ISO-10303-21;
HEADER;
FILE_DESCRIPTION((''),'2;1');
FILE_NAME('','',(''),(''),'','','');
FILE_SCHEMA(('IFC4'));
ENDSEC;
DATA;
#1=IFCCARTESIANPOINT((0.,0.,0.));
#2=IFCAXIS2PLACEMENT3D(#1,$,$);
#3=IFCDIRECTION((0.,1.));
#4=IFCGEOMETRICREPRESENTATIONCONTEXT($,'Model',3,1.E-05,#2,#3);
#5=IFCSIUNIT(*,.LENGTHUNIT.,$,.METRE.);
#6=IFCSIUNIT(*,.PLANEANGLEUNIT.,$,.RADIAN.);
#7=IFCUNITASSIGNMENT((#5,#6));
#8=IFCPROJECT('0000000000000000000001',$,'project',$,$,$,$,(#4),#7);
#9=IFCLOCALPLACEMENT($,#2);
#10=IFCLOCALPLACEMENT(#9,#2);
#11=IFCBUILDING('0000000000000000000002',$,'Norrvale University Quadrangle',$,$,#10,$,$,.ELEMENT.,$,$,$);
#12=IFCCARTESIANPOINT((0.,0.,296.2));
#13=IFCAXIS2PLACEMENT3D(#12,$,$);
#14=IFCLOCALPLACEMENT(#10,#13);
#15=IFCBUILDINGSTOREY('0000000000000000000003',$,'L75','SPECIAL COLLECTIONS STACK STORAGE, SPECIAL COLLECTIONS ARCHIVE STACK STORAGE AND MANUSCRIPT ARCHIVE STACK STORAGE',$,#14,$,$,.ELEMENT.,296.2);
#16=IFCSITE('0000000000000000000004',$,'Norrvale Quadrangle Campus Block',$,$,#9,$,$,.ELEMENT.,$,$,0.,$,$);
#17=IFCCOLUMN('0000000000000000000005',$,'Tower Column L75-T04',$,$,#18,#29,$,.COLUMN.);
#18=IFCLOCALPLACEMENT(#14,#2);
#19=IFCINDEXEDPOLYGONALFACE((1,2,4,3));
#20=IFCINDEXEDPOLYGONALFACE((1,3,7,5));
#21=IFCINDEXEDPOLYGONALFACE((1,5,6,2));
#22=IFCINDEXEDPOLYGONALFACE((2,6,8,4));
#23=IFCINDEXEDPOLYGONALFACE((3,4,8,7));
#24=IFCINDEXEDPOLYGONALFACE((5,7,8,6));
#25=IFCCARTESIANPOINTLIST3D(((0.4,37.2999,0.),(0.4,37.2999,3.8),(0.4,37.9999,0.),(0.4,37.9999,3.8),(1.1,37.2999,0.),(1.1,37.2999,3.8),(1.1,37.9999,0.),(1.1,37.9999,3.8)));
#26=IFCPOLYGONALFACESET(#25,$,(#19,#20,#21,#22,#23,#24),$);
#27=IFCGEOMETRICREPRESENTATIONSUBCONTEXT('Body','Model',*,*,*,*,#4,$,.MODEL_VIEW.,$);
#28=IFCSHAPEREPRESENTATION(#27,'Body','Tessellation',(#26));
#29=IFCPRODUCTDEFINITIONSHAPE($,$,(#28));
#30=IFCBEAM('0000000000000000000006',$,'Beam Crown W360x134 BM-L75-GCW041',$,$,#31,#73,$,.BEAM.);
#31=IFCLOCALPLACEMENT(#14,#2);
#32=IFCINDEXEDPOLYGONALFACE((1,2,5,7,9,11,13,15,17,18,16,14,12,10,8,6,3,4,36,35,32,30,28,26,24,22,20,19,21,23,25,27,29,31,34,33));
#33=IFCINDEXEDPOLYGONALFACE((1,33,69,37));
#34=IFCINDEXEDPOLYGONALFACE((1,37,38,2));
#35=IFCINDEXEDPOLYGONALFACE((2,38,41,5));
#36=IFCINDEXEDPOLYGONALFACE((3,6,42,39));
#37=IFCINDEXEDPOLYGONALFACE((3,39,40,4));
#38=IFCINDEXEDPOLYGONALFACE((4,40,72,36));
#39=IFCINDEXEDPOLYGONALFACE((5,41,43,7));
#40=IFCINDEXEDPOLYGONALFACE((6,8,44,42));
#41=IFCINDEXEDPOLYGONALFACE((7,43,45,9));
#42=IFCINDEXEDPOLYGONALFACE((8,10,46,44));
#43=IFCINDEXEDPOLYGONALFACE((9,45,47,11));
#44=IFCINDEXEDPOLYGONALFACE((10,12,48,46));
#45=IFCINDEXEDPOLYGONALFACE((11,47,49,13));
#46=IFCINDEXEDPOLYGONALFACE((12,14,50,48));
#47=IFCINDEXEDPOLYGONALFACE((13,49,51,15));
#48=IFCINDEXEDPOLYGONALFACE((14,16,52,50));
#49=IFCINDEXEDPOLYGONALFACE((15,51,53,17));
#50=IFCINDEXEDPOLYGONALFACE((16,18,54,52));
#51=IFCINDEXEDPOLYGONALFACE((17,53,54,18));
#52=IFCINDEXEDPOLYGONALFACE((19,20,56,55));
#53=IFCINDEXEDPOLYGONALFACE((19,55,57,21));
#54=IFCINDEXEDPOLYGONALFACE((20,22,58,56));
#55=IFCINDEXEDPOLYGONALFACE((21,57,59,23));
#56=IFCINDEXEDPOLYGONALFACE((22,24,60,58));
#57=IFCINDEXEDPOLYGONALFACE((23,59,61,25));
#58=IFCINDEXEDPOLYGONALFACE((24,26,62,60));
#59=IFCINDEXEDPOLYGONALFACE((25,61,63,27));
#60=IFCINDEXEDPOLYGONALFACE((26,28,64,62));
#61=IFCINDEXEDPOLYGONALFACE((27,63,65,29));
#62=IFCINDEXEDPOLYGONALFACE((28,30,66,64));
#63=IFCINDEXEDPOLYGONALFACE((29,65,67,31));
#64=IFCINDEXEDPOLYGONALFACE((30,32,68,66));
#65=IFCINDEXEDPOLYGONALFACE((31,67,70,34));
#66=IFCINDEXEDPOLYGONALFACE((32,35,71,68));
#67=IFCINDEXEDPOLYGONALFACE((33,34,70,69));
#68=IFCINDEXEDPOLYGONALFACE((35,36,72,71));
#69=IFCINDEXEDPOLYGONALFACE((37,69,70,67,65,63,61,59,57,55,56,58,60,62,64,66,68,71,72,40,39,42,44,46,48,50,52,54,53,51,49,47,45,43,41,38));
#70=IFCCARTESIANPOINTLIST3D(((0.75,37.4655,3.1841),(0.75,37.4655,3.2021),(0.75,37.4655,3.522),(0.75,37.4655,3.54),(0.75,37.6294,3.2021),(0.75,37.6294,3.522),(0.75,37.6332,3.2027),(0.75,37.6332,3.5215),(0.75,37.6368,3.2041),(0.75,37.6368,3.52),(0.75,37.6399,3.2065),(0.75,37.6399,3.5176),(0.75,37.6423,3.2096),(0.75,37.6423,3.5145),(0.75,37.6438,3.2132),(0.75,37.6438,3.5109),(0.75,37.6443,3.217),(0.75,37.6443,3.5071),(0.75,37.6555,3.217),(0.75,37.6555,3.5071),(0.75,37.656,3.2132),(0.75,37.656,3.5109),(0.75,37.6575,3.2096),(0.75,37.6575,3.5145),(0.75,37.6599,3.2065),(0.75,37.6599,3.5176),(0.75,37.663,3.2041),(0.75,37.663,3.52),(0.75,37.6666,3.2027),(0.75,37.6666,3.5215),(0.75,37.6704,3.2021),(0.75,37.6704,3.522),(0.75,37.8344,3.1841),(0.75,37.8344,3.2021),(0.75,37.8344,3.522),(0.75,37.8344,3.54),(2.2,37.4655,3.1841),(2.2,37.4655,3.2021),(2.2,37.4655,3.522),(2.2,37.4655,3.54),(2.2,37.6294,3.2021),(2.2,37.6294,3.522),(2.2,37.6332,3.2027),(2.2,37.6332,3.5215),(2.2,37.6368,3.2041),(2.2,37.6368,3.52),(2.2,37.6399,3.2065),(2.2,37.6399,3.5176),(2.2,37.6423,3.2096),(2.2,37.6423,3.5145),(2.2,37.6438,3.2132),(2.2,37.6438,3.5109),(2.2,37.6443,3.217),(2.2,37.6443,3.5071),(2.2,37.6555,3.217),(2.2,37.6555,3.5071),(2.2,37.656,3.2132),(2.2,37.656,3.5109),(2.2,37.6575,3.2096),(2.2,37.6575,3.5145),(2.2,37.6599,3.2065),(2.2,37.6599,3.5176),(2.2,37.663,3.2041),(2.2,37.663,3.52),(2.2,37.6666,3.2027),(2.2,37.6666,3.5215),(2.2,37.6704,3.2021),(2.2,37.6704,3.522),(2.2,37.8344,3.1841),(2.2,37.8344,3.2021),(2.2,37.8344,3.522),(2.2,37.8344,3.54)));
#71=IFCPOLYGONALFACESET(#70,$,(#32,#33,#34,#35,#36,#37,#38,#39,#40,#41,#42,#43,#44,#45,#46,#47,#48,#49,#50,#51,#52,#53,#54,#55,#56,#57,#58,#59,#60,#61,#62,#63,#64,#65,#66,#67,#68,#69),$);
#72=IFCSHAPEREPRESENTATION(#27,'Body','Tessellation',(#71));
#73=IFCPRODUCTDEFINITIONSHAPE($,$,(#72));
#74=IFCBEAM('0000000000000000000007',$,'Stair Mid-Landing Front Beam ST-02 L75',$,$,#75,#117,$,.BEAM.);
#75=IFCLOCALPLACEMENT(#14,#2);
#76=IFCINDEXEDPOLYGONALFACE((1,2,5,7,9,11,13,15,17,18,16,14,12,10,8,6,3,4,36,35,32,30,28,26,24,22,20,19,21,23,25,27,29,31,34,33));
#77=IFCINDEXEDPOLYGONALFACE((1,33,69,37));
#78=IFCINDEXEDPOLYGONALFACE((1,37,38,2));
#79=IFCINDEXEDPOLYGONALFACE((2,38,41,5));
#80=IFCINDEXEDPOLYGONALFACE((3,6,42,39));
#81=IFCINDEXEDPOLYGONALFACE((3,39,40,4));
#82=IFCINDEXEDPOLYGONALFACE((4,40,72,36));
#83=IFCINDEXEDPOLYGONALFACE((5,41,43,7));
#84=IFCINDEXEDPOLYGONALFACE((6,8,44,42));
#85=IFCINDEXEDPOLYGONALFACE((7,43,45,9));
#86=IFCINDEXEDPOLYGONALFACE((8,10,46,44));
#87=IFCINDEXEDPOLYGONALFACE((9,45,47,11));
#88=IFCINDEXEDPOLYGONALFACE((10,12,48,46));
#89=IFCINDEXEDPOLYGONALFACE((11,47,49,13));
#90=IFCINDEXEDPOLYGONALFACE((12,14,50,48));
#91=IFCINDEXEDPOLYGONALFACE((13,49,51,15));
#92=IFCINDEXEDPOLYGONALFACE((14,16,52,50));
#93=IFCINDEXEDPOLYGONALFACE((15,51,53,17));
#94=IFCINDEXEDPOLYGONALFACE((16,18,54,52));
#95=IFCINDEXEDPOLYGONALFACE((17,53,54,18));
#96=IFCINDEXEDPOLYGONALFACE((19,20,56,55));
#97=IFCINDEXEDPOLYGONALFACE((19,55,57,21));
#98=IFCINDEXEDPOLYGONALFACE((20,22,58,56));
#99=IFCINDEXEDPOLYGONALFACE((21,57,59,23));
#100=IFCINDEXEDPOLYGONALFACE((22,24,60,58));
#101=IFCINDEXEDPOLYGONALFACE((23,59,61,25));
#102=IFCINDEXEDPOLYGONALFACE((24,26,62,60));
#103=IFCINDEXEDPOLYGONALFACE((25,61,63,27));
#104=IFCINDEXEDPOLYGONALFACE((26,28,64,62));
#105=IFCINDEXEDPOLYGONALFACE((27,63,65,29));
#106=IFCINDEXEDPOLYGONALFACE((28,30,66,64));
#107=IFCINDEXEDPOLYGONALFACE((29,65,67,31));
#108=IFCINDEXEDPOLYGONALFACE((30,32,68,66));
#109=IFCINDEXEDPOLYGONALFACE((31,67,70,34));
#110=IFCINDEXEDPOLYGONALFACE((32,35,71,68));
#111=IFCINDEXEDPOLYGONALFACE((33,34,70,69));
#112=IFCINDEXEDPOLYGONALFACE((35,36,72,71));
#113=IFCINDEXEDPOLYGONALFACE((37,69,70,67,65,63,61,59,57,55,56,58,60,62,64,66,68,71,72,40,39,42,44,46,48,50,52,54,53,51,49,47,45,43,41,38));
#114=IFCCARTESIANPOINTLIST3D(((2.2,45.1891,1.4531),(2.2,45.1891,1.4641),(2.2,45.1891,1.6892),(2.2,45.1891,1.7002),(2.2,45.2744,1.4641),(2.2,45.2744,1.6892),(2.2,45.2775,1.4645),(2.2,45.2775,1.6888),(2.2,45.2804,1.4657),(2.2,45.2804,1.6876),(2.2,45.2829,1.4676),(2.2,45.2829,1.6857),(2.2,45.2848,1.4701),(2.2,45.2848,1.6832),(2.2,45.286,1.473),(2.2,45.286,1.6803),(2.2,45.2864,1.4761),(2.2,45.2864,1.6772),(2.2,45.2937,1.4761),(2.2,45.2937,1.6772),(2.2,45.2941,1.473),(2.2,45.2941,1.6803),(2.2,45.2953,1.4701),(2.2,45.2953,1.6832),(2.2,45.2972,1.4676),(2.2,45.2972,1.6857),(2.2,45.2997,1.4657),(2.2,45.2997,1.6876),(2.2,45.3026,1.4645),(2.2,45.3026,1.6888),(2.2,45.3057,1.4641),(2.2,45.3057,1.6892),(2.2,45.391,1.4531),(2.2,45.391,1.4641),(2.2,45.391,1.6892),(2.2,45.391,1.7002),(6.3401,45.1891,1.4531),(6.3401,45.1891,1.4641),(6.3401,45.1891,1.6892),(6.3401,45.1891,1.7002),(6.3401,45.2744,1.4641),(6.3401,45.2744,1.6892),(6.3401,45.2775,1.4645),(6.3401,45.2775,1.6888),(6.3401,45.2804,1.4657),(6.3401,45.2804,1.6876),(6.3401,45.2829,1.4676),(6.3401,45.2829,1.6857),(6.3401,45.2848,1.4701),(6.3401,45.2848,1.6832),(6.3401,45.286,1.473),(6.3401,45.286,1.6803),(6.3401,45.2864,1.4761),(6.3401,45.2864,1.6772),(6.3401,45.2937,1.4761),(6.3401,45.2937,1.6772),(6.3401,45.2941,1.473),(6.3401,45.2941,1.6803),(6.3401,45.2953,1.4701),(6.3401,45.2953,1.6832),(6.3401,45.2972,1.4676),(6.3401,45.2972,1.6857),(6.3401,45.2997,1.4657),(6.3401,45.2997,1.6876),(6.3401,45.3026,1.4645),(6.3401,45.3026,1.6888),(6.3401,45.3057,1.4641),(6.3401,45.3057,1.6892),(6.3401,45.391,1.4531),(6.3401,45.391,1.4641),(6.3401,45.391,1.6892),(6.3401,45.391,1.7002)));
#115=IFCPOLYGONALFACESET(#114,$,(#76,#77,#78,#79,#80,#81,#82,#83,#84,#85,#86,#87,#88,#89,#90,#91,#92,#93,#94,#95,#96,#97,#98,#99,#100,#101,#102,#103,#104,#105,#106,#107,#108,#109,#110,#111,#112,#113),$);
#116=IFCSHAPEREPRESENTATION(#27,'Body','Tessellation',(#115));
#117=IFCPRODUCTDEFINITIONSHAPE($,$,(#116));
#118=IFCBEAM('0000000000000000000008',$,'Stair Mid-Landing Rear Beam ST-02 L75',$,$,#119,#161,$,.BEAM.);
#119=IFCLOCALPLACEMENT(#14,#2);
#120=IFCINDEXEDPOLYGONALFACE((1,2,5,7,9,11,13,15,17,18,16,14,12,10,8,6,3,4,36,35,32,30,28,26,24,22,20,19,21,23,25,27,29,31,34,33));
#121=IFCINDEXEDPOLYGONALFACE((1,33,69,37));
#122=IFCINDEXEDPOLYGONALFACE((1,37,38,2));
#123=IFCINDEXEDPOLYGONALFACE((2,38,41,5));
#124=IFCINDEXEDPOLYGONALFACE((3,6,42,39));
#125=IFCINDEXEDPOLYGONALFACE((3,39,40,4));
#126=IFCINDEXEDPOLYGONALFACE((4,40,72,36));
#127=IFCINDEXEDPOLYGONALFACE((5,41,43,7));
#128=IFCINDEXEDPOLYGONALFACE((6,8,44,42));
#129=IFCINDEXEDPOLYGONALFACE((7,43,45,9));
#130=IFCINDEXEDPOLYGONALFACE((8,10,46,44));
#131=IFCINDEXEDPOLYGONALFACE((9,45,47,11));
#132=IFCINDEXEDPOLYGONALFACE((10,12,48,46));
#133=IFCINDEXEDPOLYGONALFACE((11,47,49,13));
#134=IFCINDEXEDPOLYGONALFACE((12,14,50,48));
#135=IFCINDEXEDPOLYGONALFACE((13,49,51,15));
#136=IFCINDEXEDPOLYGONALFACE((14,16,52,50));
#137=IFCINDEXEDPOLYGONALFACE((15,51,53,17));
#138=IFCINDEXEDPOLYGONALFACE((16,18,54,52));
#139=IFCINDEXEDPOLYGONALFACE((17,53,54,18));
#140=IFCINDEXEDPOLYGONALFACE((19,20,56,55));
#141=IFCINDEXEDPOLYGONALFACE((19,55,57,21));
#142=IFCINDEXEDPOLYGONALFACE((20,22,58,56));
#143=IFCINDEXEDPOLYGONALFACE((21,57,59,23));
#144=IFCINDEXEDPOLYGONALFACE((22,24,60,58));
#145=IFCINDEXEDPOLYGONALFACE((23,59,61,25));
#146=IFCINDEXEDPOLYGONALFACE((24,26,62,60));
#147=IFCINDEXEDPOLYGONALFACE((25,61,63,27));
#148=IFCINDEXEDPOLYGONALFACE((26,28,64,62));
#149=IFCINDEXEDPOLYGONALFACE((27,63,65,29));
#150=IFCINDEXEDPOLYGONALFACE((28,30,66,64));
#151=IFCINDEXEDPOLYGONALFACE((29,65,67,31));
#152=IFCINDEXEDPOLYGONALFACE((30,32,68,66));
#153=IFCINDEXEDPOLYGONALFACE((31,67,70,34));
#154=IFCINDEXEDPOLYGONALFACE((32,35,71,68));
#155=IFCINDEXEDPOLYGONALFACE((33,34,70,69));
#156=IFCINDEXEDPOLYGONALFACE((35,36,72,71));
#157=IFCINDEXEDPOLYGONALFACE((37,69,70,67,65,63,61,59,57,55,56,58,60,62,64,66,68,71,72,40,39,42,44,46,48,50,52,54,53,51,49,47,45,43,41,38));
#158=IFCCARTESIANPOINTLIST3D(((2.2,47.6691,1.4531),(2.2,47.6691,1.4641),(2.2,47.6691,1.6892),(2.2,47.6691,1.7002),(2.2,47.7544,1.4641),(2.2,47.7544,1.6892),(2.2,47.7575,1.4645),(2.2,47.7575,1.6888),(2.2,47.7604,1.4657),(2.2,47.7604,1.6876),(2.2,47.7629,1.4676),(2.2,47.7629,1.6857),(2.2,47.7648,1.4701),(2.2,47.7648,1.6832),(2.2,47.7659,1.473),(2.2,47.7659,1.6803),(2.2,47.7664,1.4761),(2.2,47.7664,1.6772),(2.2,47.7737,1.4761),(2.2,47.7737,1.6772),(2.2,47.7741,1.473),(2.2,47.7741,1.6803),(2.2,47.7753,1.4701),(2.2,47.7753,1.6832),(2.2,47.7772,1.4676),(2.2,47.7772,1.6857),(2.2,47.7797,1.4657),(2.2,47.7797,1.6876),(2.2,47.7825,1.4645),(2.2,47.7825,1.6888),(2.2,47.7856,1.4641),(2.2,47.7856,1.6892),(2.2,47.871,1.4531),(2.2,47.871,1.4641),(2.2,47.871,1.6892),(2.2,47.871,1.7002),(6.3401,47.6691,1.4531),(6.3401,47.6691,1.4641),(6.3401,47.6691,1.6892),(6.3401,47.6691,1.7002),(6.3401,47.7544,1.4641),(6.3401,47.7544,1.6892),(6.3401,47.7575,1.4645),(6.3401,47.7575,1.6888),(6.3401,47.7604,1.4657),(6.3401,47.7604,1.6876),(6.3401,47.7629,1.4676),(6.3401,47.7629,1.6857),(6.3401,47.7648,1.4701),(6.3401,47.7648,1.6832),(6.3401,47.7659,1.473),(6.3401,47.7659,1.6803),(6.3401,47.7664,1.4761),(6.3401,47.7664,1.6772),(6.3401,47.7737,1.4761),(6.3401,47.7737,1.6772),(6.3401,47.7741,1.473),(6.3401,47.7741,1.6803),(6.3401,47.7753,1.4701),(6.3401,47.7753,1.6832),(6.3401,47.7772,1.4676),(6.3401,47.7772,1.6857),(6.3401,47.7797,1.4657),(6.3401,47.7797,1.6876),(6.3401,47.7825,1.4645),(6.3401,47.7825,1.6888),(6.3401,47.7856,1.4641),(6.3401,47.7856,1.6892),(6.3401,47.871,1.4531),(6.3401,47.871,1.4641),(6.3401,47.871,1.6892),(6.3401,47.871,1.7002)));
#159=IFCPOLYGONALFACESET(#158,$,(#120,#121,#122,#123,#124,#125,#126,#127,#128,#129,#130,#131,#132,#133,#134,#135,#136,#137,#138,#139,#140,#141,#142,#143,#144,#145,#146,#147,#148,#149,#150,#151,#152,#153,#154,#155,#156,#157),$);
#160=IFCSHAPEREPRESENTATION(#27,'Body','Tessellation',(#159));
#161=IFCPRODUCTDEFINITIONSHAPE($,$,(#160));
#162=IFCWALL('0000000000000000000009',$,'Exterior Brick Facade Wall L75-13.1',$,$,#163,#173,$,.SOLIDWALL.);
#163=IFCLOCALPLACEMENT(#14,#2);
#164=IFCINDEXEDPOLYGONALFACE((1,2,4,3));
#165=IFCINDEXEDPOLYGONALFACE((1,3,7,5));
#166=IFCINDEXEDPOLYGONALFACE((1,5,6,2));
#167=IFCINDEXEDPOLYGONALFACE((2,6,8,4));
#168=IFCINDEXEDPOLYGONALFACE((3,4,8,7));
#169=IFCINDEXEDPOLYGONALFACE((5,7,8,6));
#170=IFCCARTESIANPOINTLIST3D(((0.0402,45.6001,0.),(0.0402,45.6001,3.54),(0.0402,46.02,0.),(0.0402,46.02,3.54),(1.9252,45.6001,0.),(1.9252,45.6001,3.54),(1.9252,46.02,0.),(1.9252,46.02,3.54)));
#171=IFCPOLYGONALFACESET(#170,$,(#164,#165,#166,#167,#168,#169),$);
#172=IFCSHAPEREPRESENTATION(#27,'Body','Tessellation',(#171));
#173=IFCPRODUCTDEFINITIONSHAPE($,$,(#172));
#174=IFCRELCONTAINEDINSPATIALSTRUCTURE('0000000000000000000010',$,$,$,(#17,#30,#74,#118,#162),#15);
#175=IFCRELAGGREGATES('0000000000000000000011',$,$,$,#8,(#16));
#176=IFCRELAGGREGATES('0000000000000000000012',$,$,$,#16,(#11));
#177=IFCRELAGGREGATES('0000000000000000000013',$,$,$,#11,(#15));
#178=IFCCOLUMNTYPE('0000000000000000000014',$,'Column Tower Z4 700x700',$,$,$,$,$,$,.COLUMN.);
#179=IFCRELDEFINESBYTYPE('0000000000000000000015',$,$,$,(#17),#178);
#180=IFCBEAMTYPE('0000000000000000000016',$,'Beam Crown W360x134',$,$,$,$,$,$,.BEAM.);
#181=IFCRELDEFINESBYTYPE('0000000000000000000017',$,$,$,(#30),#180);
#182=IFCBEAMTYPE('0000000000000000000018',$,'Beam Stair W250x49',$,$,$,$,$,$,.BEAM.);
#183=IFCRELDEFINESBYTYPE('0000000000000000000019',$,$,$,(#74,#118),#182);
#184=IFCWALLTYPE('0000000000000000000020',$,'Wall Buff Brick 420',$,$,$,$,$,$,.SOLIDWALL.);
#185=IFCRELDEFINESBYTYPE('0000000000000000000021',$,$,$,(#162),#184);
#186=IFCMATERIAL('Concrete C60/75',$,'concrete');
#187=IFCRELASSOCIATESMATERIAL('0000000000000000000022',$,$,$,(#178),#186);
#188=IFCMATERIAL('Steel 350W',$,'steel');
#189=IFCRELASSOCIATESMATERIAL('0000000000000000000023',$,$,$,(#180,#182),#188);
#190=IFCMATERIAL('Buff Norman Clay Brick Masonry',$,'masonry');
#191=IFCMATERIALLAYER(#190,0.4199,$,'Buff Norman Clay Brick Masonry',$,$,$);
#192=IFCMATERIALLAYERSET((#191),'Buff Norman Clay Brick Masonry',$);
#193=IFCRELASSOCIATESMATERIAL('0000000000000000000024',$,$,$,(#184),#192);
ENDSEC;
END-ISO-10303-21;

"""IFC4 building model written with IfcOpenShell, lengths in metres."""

from ifc_helpers import new_model, si_unit, direction, frame, frame_2d, origin, origin_2d, place, context, subcontext, project, spatial, rectangle, i_section, extrude, material, layer, layer_set, material_profile, profile_set, type_object, element, save


model = new_model("IFC4")

# Units and contexts
model_context = context("Model", 3, precision=1e-05, world=origin(), true_north=direction((0.0, 1.0)))
body_context = subcontext(model_context, "Body", "Model", "MODEL_VIEW")
ifc_project = project(units=[si_unit("LENGTHUNIT", "METRE"), si_unit("PLANEANGLEUNIT", "RADIAN")], contexts=[model_context])

# Site, building, storey
site_placement = place(None, origin())
site = spatial("IfcSite", under=ifc_project, at=site_placement, Name="Norrvale Quadrangle Campus Block", CompositionType="ELEMENT", RefElevation=0.0)
building_placement = place(site_placement, origin())
building = spatial("IfcBuilding", under=site, at=building_placement, Name="Norrvale University Quadrangle", CompositionType="ELEMENT")
storey_placement = place(building_placement, frame((0.0, 0.0, 296.2)))
storey = spatial("IfcBuildingStorey", under=building, at=storey_placement, Name="L75", Description="SPECIAL COLLECTIONS STACK STORAGE, SPECIAL COLLECTIONS ARCHIVE STACK STORAGE AND MANUSCRIPT ARCHIVE STACK STORAGE", CompositionType="ELEMENT", Elevation=296.2)

# Column
ifc_material_1 = material(Name="Concrete C60/75", Category="concrete")
ifc_material_profile_1 = material_profile(ifc_material_1, rectangle(XDim=0.7, YDim=0.7, at=origin_2d()), Name="Concrete C60/75")
ifc_profile_set_1 = profile_set([ifc_material_profile_1], Name="Concrete C60/75")
column_type = type_object("IfcColumnType", Name="Column Tower Z4 700x700", PredefinedType="COLUMN", material=ifc_profile_set_1)
column_placement = place(storey_placement, frame((0.75, 37.6499, 0.0), z_axis=(0.0, 0.0, 1.0), x_axis=(1.0, 0.0, 0.0)))
element("IfcColumn", 1, at=column_placement, inside=storey, type_object=column_type, Name="Tower Column L75-T04", PredefinedType="COLUMN", context=body_context, shape_type="SweptSolid", body=[
    extrude(rectangle(XDim=0.7, YDim=0.7, at=origin_2d()), origin(), (0.0, 0.0, 1.0), 3.8),
])

# Beams
ifc_material_2 = material(Name="Steel 350W", Category="steel")
ifc_material_profile_2 = material_profile(ifc_material_2, i_section(OverallWidth=0.3689, OverallDepth=0.356, WebThickness=0.0112, FlangeThickness=0.0181, FilletRadius=0.0149, at=origin_2d()), Name="Steel 350W")
ifc_profile_set_2 = profile_set([ifc_material_profile_2], Name="Steel 350W")
beam_type_1 = type_object("IfcBeamType", Name="Beam Crown W360x134", PredefinedType="BEAM", material=ifc_profile_set_2)
beam_placement = place(storey_placement, frame((0.75, 37.6499, 3.3621), z_axis=(1.0, 0.0, 0.0), x_axis=(0.0, 1.0, 0.0)))
element("IfcBeam", 2, at=beam_placement, inside=storey, type_object=beam_type_1, Name="Beam Crown W360x134 BM-L75-GCW041", PredefinedType="BEAM", context=body_context, shape_type="SweptSolid", body=[
    extrude(i_section(OverallWidth=0.3689, OverallDepth=0.356, WebThickness=0.0112, FlangeThickness=0.0181, FilletRadius=0.0149, at=origin_2d()), origin(), (0.0, 0.0, 1.0), 1.45),
])
ifc_material_profile_3 = material_profile(ifc_material_2, i_section(OverallWidth=0.2019, OverallDepth=0.2471, WebThickness=0.0073, FlangeThickness=0.011, FilletRadius=0.012, at=origin_2d()), Name="Steel 350W")
ifc_profile_set_3 = profile_set([ifc_material_profile_3], Name="Steel 350W")
beam_type_2 = type_object("IfcBeamType", Name="Beam Stair W250x49", PredefinedType="BEAM", material=ifc_profile_set_3)
for number, where, z_axis, x_axis, name in (
    (3, (2.2, 45.29, 1.5767), (1.0, 0.0, 0.0), (0.0, 1.0, 0.0), "Stair Mid-Landing Front Beam ST-02 L75"),
    (4, (2.2, 47.77, 1.5767), (1.0, 0.0, 0.0), (0.0, 1.0, 0.0), "Stair Mid-Landing Rear Beam ST-02 L75"),
):
    element("IfcBeam", number, at=place(storey_placement, frame(where, z_axis=z_axis, x_axis=x_axis)), inside=storey, type_object=beam_type_2, Name=name, PredefinedType="BEAM", context=body_context, shape_type="SweptSolid", body=[
        extrude(i_section(OverallWidth=0.2019, OverallDepth=0.2471, WebThickness=0.0073, FlangeThickness=0.011, FilletRadius=0.012, at=origin_2d()), origin(), (0.0, 0.0, 1.0), 4.1401),
    ])

# Wall
ifc_material_3 = material(Name="Buff Norman Clay Brick Masonry", Category="masonry")
ifc_layer_1 = layer(ifc_material_3, 0.4199, Name="Buff Norman Clay Brick Masonry")
ifc_layer_set_1 = layer_set([ifc_layer_1], Name="Buff Norman Clay Brick Masonry")
wall_type_1 = type_object("IfcWallType", Name="Wall Buff Brick 420", PredefinedType="SOLIDWALL", material=ifc_layer_set_1)
wall_1_placement = place(storey_placement, frame((1.925, 45.8101, 0.0), z_axis=(0.0, 0.0, 1.0), x_axis=(-1.0, 0.0, 0.0)))
element("IfcWall", 5, at=wall_1_placement, inside=storey, type_object=wall_type_1, Name="Exterior Brick Facade Wall L75-13.1", PredefinedType="SOLIDWALL", context=body_context, shape_type="SweptSolid", body=[
    extrude(rectangle(XDim=1.885, YDim=0.4199, at=frame_2d((0.9424, 0.0))), origin(), (0.0, 0.0, 1.0), 3.54),
])

save(model, "model.ifc")
